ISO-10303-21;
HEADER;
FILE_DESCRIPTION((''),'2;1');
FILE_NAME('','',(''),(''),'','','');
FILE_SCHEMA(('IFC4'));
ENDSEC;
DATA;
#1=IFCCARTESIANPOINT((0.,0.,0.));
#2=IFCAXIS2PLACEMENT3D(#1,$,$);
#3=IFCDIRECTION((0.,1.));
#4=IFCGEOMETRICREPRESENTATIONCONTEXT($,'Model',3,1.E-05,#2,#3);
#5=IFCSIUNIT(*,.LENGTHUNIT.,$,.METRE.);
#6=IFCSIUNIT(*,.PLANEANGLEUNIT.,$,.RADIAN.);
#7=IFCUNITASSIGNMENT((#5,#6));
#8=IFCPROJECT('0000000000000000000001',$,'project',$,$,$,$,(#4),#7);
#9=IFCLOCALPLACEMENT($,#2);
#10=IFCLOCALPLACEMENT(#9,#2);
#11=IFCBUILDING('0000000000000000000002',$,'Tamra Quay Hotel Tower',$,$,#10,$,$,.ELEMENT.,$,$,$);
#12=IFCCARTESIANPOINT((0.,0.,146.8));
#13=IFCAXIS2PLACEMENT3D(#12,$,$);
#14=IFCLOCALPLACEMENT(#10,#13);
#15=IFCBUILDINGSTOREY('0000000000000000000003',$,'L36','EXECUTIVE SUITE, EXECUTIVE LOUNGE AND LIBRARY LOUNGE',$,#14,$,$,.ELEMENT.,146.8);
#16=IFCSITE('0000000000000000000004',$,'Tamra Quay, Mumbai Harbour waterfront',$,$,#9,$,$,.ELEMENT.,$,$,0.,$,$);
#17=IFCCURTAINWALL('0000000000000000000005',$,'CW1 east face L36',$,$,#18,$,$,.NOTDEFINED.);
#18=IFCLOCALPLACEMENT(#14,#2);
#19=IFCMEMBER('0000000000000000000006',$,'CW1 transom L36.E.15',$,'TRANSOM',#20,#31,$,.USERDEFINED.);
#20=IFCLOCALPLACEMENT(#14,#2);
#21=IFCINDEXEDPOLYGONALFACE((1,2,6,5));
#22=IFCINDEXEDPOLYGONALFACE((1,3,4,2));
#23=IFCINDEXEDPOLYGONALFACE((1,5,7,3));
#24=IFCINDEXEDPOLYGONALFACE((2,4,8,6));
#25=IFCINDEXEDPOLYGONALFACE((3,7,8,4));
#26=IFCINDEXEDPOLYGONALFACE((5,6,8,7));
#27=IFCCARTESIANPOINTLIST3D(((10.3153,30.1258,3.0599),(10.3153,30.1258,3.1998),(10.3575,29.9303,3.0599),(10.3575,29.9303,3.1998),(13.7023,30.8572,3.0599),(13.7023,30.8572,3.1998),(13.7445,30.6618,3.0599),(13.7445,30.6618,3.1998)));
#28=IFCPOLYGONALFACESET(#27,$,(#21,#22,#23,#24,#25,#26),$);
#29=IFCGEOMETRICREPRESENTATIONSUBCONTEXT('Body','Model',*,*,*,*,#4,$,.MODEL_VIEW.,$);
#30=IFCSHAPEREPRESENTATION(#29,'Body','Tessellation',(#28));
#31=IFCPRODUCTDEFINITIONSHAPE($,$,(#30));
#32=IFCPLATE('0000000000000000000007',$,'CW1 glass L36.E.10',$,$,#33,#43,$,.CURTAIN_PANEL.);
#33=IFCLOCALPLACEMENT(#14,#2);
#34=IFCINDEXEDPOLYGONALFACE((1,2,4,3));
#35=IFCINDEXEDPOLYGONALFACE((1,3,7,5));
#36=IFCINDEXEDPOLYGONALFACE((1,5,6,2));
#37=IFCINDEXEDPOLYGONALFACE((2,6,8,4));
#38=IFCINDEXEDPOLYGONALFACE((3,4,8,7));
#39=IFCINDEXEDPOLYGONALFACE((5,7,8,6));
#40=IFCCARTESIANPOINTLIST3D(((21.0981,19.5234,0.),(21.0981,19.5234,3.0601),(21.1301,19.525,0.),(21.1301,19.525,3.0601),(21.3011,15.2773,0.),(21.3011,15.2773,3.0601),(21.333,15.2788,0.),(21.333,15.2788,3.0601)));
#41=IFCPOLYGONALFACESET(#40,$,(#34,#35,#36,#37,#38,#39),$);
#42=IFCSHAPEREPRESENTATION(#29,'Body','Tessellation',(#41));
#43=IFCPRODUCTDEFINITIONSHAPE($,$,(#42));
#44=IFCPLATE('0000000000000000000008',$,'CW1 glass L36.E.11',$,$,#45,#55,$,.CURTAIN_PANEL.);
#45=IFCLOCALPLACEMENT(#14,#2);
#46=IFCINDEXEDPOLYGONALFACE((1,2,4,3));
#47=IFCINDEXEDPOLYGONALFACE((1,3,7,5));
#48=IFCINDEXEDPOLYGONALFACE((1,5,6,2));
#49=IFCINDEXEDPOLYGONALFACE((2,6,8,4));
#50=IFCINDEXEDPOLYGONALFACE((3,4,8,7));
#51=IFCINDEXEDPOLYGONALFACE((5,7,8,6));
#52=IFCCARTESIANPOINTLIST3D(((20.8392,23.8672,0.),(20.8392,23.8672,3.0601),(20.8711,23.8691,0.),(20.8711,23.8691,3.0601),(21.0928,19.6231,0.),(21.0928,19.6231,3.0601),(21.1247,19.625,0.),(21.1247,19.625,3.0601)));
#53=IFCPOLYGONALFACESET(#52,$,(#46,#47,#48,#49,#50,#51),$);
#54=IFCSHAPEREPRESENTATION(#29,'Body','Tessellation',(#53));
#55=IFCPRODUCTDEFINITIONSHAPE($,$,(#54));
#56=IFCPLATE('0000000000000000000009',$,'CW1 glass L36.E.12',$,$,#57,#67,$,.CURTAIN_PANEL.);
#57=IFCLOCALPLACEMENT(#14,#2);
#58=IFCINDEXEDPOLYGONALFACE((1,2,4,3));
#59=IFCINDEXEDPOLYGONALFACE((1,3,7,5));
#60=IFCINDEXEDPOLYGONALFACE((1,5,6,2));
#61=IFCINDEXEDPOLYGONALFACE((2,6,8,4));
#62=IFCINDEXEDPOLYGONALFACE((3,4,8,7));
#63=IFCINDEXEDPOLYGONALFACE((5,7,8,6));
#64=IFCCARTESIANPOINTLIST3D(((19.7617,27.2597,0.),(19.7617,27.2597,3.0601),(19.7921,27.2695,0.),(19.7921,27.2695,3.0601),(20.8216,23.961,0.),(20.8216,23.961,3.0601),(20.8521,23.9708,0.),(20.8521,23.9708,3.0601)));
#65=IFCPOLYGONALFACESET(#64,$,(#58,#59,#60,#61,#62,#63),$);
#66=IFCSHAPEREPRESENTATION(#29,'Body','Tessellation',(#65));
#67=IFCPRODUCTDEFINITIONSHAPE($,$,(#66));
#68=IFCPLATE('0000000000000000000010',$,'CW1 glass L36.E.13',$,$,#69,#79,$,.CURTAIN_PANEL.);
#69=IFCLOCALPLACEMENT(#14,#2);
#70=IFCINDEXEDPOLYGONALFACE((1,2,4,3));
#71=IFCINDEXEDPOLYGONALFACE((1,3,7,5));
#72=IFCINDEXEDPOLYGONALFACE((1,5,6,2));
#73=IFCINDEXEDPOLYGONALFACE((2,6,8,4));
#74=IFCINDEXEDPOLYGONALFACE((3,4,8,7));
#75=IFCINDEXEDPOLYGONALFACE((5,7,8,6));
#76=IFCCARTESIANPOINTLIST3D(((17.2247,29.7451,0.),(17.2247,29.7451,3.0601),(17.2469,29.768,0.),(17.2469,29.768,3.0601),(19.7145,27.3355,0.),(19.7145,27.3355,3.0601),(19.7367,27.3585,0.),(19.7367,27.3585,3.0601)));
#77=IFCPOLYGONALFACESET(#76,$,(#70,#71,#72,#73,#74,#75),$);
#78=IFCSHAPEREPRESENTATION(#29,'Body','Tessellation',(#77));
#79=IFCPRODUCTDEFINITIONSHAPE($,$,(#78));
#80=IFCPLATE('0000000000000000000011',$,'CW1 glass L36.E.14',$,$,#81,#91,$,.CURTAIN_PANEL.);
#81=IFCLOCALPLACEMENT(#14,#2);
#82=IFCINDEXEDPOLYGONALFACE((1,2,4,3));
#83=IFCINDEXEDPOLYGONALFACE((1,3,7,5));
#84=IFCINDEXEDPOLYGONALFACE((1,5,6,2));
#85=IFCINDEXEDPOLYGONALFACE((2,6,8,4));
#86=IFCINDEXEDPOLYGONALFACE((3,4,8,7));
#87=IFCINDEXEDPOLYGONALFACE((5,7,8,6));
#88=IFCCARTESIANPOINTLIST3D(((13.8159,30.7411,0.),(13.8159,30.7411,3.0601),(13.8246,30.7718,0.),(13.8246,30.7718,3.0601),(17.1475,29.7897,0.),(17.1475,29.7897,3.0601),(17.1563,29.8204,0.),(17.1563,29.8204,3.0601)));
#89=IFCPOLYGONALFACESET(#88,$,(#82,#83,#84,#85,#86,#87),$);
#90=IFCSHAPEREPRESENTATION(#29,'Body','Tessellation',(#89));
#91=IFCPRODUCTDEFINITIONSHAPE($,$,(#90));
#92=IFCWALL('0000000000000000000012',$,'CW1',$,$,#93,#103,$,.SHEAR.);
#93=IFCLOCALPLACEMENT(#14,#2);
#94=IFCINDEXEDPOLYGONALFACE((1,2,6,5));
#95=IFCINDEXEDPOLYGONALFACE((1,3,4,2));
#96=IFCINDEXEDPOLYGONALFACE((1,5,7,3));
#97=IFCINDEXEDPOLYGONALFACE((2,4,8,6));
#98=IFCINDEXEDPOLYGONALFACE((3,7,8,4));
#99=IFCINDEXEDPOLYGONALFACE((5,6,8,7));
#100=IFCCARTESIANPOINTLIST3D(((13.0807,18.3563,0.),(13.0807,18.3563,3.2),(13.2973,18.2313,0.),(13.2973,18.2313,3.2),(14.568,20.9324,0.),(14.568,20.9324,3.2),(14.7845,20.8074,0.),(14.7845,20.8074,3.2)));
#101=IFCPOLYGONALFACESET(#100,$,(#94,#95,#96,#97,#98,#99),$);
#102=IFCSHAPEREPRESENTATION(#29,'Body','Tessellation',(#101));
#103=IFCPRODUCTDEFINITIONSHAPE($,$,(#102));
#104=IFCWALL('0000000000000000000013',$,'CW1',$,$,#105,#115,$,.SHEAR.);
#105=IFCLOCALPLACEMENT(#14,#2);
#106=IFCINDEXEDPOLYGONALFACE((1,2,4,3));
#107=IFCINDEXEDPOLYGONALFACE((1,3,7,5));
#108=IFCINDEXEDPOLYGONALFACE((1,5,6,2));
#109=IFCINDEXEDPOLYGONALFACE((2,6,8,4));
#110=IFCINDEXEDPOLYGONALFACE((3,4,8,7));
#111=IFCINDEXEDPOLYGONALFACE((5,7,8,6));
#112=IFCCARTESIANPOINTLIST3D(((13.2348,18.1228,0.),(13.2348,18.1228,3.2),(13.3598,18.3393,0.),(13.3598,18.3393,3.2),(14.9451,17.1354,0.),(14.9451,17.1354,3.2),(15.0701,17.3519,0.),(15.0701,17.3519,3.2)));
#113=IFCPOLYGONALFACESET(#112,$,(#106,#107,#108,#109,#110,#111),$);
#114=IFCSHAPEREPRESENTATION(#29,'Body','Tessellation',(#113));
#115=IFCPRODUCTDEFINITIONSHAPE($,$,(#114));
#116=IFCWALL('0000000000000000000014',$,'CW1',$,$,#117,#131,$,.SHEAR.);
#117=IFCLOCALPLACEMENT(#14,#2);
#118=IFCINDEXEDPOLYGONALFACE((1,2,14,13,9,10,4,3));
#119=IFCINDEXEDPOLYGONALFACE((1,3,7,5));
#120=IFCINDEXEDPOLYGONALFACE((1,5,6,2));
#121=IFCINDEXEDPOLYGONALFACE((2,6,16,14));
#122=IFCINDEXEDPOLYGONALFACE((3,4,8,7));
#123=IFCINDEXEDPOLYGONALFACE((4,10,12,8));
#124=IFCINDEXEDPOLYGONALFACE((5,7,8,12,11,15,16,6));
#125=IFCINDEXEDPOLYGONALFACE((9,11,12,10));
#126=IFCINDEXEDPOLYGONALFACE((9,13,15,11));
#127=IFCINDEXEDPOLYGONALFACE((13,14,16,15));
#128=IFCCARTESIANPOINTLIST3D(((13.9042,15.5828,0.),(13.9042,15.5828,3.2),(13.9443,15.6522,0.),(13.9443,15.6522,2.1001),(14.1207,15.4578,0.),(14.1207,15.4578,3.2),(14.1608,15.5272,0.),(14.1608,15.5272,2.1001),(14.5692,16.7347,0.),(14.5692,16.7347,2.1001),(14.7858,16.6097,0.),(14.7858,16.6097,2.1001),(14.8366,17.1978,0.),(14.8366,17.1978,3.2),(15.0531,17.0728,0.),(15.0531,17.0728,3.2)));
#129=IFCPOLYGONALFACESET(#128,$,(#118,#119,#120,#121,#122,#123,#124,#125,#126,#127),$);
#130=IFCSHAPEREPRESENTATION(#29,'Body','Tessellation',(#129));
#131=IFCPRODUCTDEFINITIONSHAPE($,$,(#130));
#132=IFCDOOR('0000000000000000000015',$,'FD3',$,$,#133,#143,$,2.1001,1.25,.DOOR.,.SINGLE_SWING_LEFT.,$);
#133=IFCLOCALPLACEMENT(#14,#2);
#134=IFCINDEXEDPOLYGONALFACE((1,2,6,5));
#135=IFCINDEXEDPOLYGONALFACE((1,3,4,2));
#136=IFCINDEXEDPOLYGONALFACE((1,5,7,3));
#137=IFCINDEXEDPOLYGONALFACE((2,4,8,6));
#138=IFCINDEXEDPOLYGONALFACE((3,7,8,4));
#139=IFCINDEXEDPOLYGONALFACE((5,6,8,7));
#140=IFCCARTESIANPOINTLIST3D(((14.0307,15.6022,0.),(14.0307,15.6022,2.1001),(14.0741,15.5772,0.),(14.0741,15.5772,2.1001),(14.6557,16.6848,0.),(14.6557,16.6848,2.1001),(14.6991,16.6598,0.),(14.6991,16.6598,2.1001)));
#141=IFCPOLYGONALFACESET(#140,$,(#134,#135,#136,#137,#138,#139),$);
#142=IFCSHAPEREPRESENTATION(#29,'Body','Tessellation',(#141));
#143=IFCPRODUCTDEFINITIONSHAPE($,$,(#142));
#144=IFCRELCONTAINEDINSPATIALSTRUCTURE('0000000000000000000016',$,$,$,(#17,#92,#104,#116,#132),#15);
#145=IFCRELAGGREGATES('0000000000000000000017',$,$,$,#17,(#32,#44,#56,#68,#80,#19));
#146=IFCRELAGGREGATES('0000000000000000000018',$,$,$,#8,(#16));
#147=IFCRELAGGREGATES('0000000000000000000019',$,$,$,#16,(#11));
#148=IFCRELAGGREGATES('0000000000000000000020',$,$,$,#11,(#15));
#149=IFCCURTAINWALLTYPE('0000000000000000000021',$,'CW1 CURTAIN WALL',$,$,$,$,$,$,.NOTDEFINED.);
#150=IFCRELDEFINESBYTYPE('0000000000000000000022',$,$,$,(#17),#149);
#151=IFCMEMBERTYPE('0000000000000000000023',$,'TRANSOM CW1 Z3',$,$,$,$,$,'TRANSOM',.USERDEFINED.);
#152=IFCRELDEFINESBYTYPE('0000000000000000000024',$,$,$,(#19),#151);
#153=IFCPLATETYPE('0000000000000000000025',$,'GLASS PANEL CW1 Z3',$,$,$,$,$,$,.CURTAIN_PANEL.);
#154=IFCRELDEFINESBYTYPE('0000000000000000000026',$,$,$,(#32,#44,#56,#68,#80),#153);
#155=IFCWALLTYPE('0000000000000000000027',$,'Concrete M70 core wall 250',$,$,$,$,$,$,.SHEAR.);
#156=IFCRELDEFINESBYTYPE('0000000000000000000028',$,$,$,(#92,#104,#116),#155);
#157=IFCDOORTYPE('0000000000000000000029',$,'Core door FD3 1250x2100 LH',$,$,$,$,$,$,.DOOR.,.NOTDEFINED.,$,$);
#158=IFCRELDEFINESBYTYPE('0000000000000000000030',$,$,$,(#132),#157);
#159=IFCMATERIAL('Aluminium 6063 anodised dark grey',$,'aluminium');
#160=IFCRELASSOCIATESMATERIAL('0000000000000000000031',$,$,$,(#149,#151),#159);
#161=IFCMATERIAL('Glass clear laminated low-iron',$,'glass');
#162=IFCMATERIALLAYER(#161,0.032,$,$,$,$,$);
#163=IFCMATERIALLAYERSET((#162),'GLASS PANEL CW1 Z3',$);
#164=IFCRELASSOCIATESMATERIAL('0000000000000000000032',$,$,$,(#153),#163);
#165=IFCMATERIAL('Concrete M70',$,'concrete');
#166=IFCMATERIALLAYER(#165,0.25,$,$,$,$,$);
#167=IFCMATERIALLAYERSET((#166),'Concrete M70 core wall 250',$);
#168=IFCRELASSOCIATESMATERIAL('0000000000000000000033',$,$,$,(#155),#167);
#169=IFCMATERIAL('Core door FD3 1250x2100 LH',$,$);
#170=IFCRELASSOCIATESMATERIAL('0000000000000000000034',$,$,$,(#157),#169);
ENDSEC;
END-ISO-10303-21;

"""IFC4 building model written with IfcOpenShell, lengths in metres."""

from ifc_helpers import new_model, si_unit, direction, frame, frame_2d, origin, origin_2d, place, context, subcontext, project, spatial, rectangle, extrude, material, layer, layer_set, material_profile, profile_set, type_object, element, fill, aggregate, save


model = new_model("IFC4")

# Units and contexts
model_context = context("Model", 3, precision=1e-05, world=origin(), true_north=direction((0.0, 1.0)))
body_context = subcontext(model_context, "Body", "Model", "MODEL_VIEW")
ifc_project = project(units=[si_unit("LENGTHUNIT", "METRE"), si_unit("PLANEANGLEUNIT", "RADIAN")], contexts=[model_context])

# Site, building, storey
site_placement = place(None, origin())
site = spatial("IfcSite", under=ifc_project, at=site_placement, Name="Tamra Quay, Mumbai Harbour waterfront", CompositionType="ELEMENT", RefElevation=0.0)
building_placement = place(site_placement, origin())
building = spatial("IfcBuilding", under=site, at=building_placement, Name="Tamra Quay Hotel Tower", CompositionType="ELEMENT")
storey_placement = place(building_placement, frame((0.0, 0.0, 146.8)))
storey = spatial("IfcBuildingStorey", under=building, at=storey_placement, Name="L36", Description="EXECUTIVE SUITE, EXECUTIVE LOUNGE AND LIBRARY LOUNGE", CompositionType="ELEMENT", Elevation=146.8)

# Shared definitions
ifc_material_1 = material(Name="Concrete M70", Category="concrete")

# Curtain wall
ifc_material_2 = material(Name="Aluminium 6063 anodised dark grey", Category="aluminium")
curtain_wall_type = type_object("IfcCurtainWallType", Name="CW1 CURTAIN WALL", PredefinedType="NOTDEFINED", material=ifc_material_2)
curtain_wall_placement = place(storey_placement, origin())
curtain_wall = element("IfcCurtainWall", 1, at=curtain_wall_placement, inside=storey, type_object=curtain_wall_type, Name="CW1 east face L36", PredefinedType="NOTDEFINED")

# Member
ifc_material_profile_1 = material_profile(ifc_material_2, rectangle(XDim=0.2, YDim=0.1399, at=origin_2d()), Name="TRANSOM 200X140")
ifc_profile_set_1 = profile_set([ifc_material_profile_1], Name="Aluminium 6063 anodised dark grey")
member_type_1 = type_object("IfcMemberType", Name="TRANSOM CW1 Z3", ElementType="TRANSOM", PredefinedType="USERDEFINED", material=ifc_profile_set_1)
member_1_placement = place(storey_placement, frame((13.7234, 30.7595, 3.1299), z_axis=(-0.977466, -0.211093, 0.0), x_axis=(0.211093, -0.977466, 0.0)))
member_1 = element("IfcMember", 2, at=member_1_placement, type_object=member_type_1, Name="CW1 transom L36.E.15", ObjectType="TRANSOM", PredefinedType="USERDEFINED", context=body_context, shape_type="SweptSolid", body=[
    extrude(rectangle(XDim=0.2, YDim=0.1399, at=origin_2d()), origin(), (0.0, 0.0, 1.0), 3.4651),
])

# Plates
ifc_material_3 = material(Name="Glass clear laminated low-iron", Category="glass")
ifc_layer_1 = layer(ifc_material_3, 0.032)
ifc_layer_set_1 = layer_set([ifc_layer_1], Name="GLASS PANEL CW1 Z3")
plate_type = type_object("IfcPlateType", Name="GLASS PANEL CW1 Z3", PredefinedType="CURTAIN_PANEL", material=ifc_layer_set_1)
plate_1_placement = place(storey_placement, frame((21.2156, 17.4011, 0.0), z_axis=(0.0, 0.0, 1.0), x_axis=(-0.047747, 0.998859, 0.0)))
plate_1 = element("IfcPlate", 3, at=plate_1_placement, type_object=plate_type, Name="CW1 glass L36.E.10", PredefinedType="CURTAIN_PANEL", context=body_context, shape_type="SweptSolid", body=[
    extrude(rectangle(XDim=4.251, YDim=0.032, at=origin_2d()), origin(), (0.0, 0.0, 1.0), 3.0601),
])
plate_2_placement = place(storey_placement, frame((20.9819, 21.7461, 0.0), z_axis=(0.0, 0.0, 1.0), x_axis=(-0.059642, 0.99822, 0.0)))
plate_2 = element("IfcPlate", 4, at=plate_2_placement, type_object=plate_type, Name="CW1 glass L36.E.11", PredefinedType="CURTAIN_PANEL", context=body_context, shape_type="SweptSolid", body=[
    extrude(rectangle(XDim=4.2517, YDim=0.032, at=origin_2d()), origin(), (0.0, 0.0, 1.0), 3.0601),
])
plate_3_placement = place(storey_placement, frame((20.3069, 25.6152, 0.0), z_axis=(0.0, 0.0, 1.0), x_axis=(-0.305915, 0.952059, 0.0)))
plate_3 = element("IfcPlate", 5, at=plate_3_placement, type_object=plate_type, Name="CW1 glass L36.E.12", PredefinedType="CURTAIN_PANEL", context=body_context, shape_type="SweptSolid", body=[
    extrude(rectangle(XDim=3.4648, YDim=0.032, at=origin_2d()), origin(), (0.0, 0.0, 1.0), 3.0601),
])
plate_4_placement = place(storey_placement, frame((18.4807, 28.5518, 0.0), z_axis=(0.0, 0.0, 1.0), x_axis=(-0.718584, 0.69544, 0.0)))
plate_4 = element("IfcPlate", 6, at=plate_4_placement, type_object=plate_type, Name="CW1 glass L36.E.13", PredefinedType="CURTAIN_PANEL", context=body_context, shape_type="SweptSolid", body=[
    extrude(rectangle(XDim=3.4648, YDim=0.032, at=origin_2d()), origin(), (0.0, 0.0, 1.0), 3.0601),
])
plate_5_placement = place(storey_placement, frame((15.4861, 30.2808, 0.0), z_axis=(0.0, 0.0, 1.0), x_axis=(-0.961561, 0.274593, 0.0)))
plate_5 = element("IfcPlate", 7, at=plate_5_placement, type_object=plate_type, Name="CW1 glass L36.E.14", PredefinedType="CURTAIN_PANEL", context=body_context, shape_type="SweptSolid", body=[
    extrude(rectangle(XDim=3.4648, YDim=0.032, at=origin_2d()), origin(), (0.0, 0.0, 1.0), 3.0601),
])
aggregate(curtain_wall, [plate_1, plate_2, plate_3, plate_4, plate_5, member_1])

# Walls
ifc_layer_2 = layer(ifc_material_1, 0.25)
ifc_layer_set_2 = layer_set([ifc_layer_2], Name="Concrete M70 core wall 250")
wall_type = type_object("IfcWallType", Name="Concrete M70 core wall 250", PredefinedType="SHEAR", material=ifc_layer_set_2)
wall_1_placement = place(storey_placement, frame((14.6763, 20.8699, 0.0), z_axis=(0.0, 0.0, 1.0), x_axis=(-0.499988, -0.866033, 0.0)))
element("IfcWall", 8, at=wall_1_placement, inside=storey, type_object=wall_type, Name="CW1", PredefinedType="SHEAR", context=body_context, shape_type="SweptSolid", body=[
    extrude(rectangle(XDim=2.9746, YDim=0.25, at=frame_2d((1.4873, 0.0))), origin(), (0.0, 0.0, 1.0), 3.2),
])
wall_2_placement = place(storey_placement, frame((13.2974, 18.231, 0.0), z_axis=(0.0, 0.0, 1.0), x_axis=(0.866044, -0.499969, 0.0)))
element("IfcWall", 9, at=wall_2_placement, inside=storey, type_object=wall_type, Name="CW1", PredefinedType="SHEAR", context=body_context, shape_type="SweptSolid", body=[
    extrude(rectangle(XDim=1.9749, YDim=0.25, at=frame_2d((0.9873, 0.0))), origin(), (0.0, 0.0, 1.0), 3.2),
])

# Wall, opening, door
wall_3_placement = place(storey_placement, frame((14.9448, 17.1353, 0.0), z_axis=(0.0, 0.0, 1.0), x_axis=(-0.499983, -0.866035, 0.0)))
wall_3 = element("IfcWall", 10, at=wall_3_placement, inside=storey, type_object=wall_type, Name="CW1", PredefinedType="SHEAR", context=body_context, shape_type="SweptSolid", body=[
    extrude(rectangle(XDim=1.8647, YDim=0.25, at=frame_2d((0.9324, 0.0))), origin(), (0.0, 0.0, 1.0), 3.2),
])
opening_placement = place(wall_3_placement, frame((0.5347, 0.0, 0.0)))
opening = element("IfcOpeningElement", 11, at=opening_placement, cuts=wall_3, PredefinedType="OPENING", context=body_context, shape_type="SweptSolid", body=[
    extrude(rectangle(XDim=1.25, YDim=2.1001, at=frame_2d((0.625, 1.05))), frame((0.0, 0.135, 0.0), z_axis=(0.0, -1.0, 0.0), x_axis=(1.0, 0.0, 0.0)), (0.0, 0.0, 1.0), 0.27),
])
ifc_material_4 = material(Name="Core door FD3 1250x2100 LH")
door_type = type_object("IfcDoorType", Name="Core door FD3 1250x2100 LH", OperationType="NOTDEFINED", PredefinedType="DOOR", material=ifc_material_4)
door_placement = place(opening_placement, origin())
door = element("IfcDoor", 12, at=door_placement, inside=storey, type_object=door_type, Name="FD3", OperationType="SINGLE_SWING_LEFT", OverallHeight=2.1001, OverallWidth=1.25, PredefinedType="DOOR", context=body_context, shape_type="SweptSolid", body=[
    extrude(rectangle(XDim=1.25, YDim=2.1001, at=frame_2d((0.625, 1.05))), frame((0.0, 0.0249, 0.0), z_axis=(0.0, -1.0, 0.0), x_axis=(1.0, 0.0, 0.0)), (0.0, 0.0, 1.0), 0.05),
])
fill(opening, door)

save(model, "model.ifc")
